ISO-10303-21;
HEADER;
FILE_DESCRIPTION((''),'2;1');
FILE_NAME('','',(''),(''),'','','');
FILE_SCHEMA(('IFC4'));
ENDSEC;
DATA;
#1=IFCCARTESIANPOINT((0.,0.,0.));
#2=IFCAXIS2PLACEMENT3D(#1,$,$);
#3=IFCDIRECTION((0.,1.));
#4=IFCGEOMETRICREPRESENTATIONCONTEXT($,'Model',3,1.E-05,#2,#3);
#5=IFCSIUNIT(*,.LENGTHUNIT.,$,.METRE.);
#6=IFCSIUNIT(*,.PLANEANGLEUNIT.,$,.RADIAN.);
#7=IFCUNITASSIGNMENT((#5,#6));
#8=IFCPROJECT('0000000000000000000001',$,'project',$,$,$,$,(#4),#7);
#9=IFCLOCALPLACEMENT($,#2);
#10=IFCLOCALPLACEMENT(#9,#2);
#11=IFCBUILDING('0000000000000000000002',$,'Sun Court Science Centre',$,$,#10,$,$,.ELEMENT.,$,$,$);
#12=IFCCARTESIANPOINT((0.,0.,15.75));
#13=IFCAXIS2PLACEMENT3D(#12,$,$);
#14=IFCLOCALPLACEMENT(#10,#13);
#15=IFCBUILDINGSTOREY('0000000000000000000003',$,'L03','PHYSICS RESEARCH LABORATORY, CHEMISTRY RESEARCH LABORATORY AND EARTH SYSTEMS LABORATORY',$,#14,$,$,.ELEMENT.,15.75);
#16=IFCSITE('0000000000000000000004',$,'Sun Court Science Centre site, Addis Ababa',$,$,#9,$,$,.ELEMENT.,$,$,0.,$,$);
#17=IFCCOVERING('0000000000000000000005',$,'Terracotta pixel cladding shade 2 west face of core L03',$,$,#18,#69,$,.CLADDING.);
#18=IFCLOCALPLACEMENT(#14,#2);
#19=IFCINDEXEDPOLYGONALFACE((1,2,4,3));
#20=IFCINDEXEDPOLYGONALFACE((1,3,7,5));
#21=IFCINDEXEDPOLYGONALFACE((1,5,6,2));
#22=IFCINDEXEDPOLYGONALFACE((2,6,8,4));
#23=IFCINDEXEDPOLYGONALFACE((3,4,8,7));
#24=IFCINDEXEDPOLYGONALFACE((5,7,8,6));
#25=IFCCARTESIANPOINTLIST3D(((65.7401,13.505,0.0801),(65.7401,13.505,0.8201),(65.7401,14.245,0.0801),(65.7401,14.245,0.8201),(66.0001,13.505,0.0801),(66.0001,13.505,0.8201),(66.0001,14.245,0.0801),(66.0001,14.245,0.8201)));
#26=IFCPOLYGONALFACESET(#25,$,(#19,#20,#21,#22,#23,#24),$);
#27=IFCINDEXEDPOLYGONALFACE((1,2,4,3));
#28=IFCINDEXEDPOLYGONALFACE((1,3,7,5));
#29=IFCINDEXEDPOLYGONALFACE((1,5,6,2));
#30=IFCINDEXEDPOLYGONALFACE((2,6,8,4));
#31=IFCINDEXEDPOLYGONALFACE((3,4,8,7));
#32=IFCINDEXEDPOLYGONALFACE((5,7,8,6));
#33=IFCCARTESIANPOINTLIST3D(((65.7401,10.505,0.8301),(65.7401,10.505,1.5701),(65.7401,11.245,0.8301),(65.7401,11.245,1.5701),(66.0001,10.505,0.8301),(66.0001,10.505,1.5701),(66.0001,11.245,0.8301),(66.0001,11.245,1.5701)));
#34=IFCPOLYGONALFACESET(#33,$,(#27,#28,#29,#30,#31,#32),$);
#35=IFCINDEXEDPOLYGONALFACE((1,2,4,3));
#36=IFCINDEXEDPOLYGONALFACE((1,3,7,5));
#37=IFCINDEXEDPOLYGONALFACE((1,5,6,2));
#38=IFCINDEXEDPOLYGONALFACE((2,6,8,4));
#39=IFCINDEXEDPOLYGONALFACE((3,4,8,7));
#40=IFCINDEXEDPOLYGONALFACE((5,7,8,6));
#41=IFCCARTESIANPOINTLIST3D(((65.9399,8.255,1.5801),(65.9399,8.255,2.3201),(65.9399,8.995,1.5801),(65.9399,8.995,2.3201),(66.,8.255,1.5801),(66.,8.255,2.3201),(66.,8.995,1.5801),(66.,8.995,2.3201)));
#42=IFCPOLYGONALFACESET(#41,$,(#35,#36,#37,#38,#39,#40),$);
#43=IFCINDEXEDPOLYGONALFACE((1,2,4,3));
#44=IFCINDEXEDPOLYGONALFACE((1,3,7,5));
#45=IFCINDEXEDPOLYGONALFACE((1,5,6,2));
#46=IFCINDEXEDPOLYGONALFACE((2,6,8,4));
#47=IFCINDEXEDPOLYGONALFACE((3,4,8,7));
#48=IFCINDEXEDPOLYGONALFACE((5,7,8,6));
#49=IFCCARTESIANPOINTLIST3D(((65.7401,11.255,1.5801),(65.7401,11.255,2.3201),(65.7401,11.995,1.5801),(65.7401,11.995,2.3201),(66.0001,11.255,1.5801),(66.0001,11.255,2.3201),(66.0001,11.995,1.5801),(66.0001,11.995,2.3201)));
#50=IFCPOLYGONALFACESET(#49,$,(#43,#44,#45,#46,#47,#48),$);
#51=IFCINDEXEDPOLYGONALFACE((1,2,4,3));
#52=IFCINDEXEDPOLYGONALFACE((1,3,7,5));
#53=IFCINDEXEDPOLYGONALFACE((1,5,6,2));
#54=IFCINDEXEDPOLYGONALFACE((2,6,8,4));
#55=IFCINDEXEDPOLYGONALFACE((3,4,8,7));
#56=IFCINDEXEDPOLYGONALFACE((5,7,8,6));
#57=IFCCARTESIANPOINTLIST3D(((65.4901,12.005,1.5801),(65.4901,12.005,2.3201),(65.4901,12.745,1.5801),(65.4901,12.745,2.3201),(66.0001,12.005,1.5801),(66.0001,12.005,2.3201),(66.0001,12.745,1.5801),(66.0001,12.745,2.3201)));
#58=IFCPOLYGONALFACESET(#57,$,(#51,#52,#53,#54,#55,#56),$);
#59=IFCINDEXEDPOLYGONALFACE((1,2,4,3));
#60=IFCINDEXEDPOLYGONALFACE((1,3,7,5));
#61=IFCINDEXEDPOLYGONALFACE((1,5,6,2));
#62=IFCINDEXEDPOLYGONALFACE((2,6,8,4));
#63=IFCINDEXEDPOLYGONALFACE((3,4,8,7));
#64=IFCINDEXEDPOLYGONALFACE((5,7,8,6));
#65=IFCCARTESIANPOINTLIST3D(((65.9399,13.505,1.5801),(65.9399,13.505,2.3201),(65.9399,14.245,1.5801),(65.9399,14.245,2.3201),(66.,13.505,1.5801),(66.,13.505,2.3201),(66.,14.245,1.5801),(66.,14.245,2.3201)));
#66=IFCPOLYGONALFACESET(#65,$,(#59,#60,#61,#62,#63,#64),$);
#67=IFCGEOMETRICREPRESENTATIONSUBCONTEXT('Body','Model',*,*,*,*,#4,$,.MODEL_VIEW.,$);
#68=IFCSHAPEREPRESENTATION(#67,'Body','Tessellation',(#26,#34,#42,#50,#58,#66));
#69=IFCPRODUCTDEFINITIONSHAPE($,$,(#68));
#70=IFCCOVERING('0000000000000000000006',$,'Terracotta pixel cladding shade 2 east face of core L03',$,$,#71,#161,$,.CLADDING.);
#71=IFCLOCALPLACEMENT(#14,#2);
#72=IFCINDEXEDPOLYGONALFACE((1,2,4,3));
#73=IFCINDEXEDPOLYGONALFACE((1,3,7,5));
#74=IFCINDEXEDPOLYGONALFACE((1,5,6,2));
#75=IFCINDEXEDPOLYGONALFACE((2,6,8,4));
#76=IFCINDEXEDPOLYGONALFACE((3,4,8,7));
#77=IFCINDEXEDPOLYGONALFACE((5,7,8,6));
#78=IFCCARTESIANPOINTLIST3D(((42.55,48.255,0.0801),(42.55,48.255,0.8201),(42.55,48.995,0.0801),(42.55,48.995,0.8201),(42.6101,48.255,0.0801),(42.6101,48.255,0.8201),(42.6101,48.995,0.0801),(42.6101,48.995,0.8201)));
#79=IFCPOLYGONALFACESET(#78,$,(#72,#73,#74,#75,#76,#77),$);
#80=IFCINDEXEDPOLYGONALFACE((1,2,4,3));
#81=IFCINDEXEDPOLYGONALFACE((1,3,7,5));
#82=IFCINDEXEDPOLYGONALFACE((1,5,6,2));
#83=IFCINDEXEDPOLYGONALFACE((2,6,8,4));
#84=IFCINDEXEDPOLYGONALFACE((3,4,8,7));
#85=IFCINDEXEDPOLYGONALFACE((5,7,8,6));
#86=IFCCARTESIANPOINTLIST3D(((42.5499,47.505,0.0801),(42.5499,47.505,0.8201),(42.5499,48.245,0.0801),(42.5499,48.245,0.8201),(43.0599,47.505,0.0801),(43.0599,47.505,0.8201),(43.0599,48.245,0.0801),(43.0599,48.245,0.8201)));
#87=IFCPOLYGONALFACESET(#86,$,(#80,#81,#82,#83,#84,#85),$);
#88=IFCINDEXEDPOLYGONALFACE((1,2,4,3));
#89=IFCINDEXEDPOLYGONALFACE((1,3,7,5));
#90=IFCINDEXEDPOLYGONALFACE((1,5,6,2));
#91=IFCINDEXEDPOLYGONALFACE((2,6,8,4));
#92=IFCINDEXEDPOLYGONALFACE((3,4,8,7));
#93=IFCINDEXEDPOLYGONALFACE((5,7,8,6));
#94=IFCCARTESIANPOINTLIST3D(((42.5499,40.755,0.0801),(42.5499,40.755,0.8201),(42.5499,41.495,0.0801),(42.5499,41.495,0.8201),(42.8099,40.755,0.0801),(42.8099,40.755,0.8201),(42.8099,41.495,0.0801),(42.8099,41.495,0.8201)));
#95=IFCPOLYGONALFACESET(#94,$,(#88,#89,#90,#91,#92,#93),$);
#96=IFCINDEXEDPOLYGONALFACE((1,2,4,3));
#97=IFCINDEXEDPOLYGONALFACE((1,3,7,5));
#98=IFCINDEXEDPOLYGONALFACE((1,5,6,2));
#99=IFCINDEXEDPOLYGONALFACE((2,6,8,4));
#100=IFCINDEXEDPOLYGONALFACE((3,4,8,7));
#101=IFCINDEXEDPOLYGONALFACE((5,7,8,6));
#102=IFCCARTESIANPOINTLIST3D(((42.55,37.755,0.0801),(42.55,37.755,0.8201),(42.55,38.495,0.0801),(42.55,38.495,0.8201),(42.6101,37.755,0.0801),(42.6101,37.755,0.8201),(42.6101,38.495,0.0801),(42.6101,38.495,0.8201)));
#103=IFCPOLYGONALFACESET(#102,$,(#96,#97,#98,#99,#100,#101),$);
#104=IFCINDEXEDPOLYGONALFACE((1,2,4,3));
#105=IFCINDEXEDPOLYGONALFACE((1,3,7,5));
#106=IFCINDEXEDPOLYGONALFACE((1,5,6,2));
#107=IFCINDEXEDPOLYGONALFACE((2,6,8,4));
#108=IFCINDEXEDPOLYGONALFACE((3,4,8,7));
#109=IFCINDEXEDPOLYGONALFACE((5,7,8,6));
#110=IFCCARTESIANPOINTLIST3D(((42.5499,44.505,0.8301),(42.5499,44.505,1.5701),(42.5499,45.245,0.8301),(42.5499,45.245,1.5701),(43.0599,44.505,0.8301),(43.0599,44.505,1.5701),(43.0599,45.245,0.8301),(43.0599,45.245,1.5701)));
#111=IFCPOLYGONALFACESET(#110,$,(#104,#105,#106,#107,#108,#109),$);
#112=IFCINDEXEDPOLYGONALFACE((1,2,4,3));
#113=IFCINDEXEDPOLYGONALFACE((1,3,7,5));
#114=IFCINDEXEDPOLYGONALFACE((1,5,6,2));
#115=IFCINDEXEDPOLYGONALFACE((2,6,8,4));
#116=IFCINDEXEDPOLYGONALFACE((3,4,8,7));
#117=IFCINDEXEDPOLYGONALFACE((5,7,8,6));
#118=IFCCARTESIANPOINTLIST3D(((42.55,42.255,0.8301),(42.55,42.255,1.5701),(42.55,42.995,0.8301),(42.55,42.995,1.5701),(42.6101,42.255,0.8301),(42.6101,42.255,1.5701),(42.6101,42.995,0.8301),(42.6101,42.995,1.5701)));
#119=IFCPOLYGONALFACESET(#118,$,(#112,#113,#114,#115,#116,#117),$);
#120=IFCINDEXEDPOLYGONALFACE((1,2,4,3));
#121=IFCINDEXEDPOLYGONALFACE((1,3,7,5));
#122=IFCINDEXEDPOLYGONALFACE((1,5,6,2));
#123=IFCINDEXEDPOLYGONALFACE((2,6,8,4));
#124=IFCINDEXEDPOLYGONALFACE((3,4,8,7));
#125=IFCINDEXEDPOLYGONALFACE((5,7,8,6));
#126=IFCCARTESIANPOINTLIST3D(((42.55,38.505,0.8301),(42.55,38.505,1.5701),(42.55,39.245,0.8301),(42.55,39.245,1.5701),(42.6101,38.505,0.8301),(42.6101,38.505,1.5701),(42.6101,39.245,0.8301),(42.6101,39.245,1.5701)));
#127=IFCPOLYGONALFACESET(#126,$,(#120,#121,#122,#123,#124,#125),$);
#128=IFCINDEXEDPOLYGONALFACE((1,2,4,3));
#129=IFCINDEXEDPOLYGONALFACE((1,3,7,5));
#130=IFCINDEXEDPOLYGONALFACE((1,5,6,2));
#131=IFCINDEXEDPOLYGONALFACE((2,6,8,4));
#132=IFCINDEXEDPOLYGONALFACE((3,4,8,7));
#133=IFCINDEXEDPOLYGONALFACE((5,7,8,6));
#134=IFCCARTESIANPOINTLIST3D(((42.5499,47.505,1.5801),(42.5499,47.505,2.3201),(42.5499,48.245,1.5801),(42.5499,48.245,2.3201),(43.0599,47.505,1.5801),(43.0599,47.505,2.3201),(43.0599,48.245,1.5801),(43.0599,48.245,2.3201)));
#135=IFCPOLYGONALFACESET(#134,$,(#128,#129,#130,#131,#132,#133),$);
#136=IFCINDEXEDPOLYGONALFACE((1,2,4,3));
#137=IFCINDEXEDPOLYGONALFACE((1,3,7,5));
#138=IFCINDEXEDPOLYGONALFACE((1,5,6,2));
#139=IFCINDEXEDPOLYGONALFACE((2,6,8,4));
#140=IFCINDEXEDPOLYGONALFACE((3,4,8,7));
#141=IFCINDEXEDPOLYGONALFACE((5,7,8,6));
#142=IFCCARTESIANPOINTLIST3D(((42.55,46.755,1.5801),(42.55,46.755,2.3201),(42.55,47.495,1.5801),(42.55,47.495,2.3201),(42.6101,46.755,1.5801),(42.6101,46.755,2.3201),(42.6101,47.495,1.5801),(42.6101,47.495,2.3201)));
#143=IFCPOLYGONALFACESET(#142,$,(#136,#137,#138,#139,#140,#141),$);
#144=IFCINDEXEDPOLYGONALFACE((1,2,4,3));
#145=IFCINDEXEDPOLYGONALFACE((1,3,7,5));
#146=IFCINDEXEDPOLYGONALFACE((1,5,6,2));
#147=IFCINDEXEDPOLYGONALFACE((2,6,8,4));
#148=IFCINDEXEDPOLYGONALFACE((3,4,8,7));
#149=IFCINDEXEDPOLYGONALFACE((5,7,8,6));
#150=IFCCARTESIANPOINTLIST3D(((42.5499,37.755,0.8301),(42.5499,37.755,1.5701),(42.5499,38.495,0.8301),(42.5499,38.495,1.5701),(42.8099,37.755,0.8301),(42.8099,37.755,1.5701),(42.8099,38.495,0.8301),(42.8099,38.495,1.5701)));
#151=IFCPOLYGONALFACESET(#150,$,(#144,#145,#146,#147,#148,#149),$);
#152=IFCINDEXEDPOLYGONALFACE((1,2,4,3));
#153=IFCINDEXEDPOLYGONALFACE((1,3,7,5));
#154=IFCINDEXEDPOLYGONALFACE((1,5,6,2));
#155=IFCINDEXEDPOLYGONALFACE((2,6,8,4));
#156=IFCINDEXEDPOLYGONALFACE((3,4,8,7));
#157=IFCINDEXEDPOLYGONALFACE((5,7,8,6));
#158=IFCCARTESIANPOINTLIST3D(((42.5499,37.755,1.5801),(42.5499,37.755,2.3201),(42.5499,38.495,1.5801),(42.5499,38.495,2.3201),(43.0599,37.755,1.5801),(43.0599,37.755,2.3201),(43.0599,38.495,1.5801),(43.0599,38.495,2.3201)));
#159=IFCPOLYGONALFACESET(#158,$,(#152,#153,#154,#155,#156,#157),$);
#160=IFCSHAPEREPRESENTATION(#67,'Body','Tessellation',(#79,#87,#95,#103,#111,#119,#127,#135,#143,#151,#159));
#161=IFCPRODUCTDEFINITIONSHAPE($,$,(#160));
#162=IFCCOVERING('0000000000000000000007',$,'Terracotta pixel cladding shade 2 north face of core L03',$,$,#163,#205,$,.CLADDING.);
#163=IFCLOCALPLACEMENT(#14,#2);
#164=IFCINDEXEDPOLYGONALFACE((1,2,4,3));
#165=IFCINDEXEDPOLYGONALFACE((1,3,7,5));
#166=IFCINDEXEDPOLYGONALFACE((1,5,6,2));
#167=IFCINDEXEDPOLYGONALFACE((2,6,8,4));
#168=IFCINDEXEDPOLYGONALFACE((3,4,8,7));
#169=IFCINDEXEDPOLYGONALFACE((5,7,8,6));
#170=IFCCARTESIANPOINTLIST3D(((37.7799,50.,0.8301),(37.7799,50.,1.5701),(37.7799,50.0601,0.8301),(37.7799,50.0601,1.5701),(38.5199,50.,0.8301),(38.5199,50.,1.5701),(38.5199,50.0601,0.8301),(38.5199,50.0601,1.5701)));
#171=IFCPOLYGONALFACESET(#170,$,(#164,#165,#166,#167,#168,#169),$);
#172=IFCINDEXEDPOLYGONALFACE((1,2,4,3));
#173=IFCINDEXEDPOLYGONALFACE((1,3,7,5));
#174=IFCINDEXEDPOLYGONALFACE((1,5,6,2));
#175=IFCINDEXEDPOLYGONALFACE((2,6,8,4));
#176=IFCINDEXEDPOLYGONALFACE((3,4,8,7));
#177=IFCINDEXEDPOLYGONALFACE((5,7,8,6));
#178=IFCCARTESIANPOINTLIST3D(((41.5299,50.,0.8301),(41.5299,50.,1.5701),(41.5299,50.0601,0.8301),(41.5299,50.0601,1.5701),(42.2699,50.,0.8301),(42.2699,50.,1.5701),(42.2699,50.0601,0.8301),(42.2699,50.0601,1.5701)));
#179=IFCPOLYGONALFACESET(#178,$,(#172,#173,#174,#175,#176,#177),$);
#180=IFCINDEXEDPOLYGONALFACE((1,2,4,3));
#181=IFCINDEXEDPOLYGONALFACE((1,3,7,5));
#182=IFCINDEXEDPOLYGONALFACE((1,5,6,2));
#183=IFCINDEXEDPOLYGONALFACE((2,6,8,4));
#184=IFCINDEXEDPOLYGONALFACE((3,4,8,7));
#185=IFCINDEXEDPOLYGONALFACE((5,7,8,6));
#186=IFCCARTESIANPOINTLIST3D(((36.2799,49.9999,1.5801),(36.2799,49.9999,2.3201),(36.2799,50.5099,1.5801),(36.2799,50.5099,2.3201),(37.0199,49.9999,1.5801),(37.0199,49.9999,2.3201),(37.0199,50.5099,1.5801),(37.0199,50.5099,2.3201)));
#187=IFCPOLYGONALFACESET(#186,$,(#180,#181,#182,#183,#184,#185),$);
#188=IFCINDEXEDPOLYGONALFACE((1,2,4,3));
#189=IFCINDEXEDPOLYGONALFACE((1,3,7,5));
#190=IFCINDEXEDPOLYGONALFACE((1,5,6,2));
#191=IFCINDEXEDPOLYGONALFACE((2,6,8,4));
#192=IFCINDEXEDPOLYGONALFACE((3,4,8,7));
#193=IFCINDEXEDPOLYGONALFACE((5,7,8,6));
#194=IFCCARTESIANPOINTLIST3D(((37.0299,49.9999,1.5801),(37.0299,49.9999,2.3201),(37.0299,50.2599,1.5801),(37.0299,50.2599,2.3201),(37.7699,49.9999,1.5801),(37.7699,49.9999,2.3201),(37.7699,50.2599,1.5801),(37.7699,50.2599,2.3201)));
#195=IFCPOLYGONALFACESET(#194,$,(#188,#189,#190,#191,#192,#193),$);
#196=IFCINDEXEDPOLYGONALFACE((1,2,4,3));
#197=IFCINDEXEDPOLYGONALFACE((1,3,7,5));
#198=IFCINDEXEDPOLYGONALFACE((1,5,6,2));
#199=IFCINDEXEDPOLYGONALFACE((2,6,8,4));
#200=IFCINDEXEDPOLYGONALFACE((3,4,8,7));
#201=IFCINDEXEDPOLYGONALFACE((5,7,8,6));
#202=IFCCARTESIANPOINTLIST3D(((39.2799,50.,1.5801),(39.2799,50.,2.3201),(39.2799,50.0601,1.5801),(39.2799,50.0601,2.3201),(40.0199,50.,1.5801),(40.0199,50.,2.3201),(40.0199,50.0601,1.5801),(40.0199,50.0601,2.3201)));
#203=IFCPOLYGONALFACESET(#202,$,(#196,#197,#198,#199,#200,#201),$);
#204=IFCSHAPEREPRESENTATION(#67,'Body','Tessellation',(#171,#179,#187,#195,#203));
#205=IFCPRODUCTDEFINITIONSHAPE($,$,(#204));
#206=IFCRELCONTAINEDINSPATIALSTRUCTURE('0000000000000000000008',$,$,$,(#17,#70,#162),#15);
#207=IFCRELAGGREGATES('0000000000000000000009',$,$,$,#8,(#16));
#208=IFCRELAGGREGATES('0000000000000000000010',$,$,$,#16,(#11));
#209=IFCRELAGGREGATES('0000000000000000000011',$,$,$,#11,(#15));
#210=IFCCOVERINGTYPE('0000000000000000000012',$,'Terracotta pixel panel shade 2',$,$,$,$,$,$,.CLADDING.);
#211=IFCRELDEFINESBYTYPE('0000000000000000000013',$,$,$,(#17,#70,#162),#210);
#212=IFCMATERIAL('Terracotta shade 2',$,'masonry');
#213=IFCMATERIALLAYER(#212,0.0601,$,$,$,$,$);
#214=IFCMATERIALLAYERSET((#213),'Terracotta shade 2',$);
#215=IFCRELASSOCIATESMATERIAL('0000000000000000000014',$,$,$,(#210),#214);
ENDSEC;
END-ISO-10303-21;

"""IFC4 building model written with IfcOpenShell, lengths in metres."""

from ifc_helpers import new_model, si_unit, direction, frame, origin, origin_2d, place, context, subcontext, project, spatial, rectangle, extrude, material, layer, layer_set, type_object, element, save


model = new_model("IFC4")

# Units and contexts
model_context = context("Model", 3, precision=1e-05, world=origin(), true_north=direction((0.0, 1.0)))
body_context = subcontext(model_context, "Body", "Model", "MODEL_VIEW")
ifc_project = project(units=[si_unit("LENGTHUNIT", "METRE"), si_unit("PLANEANGLEUNIT", "RADIAN")], contexts=[model_context])

# Site, building, storey
site_placement = place(None, origin())
site = spatial("IfcSite", under=ifc_project, at=site_placement, Name="Sun Court Science Centre site, Addis Ababa", CompositionType="ELEMENT", RefElevation=0.0)
building_placement = place(site_placement, origin())
building = spatial("IfcBuilding", under=site, at=building_placement, Name="Sun Court Science Centre", CompositionType="ELEMENT")
storey_placement = place(building_placement, frame((0.0, 0.0, 15.75)))
storey = spatial("IfcBuildingStorey", under=building, at=storey_placement, Name="L03", Description="PHYSICS RESEARCH LABORATORY, CHEMISTRY RESEARCH LABORATORY AND EARTH SYSTEMS LABORATORY", CompositionType="ELEMENT", Elevation=15.75)

# Coverings
ifc_material_1 = material(Name="Terracotta shade 2", Category="masonry")
ifc_layer_1 = layer(ifc_material_1, 0.0601)
ifc_layer_set_1 = layer_set([ifc_layer_1], Name="Terracotta shade 2")
covering_type_1 = type_object("IfcCoveringType", Name="Terracotta pixel panel shade 2", PredefinedType="CLADDING", material=ifc_layer_set_1)
covering_1_placement = place(storey_placement, frame((0.0, 0.0, -15.75)))
element("IfcCovering", 1, at=covering_1_placement, inside=storey, type_object=covering_type_1, Name="Terracotta pixel cladding shade 2 west face of core L03", PredefinedType="CLADDING", context=body_context, shape_type="SweptSolid", body=[
    extrude(rectangle(XDim=0.74, YDim=0.26, at=origin_2d()), frame((65.8701, 13.875, 15.8301), z_axis=(0.0, 0.0, 1.0), x_axis=(0.0, 1.0, 0.0)), (0.0, 0.0, 1.0), 0.74),
    extrude(rectangle(XDim=0.74, YDim=0.26, at=origin_2d()), frame((65.8701, 10.875, 16.5801), z_axis=(0.0, 0.0, 1.0), x_axis=(0.0, 1.0, 0.0)), (0.0, 0.0, 1.0), 0.74),
    extrude(rectangle(XDim=0.74, YDim=0.0601, at=origin_2d()), frame((65.97, 8.625, 17.3301), z_axis=(0.0, 0.0, 1.0), x_axis=(0.0, 1.0, 0.0)), (0.0, 0.0, 1.0), 0.74),
    extrude(rectangle(XDim=0.74, YDim=0.26, at=origin_2d()), frame((65.8701, 11.625, 17.3301), z_axis=(0.0, 0.0, 1.0), x_axis=(0.0, 1.0, 0.0)), (0.0, 0.0, 1.0), 0.74),
    extrude(rectangle(XDim=0.74, YDim=0.51, at=origin_2d()), frame((65.7451, 12.375, 17.3301), z_axis=(0.0, 0.0, 1.0), x_axis=(0.0, 1.0, 0.0)), (0.0, 0.0, 1.0), 0.74),
    extrude(rectangle(XDim=0.74, YDim=0.0601, at=origin_2d()), frame((65.97, 13.875, 17.3301), z_axis=(0.0, 0.0, 1.0), x_axis=(0.0, 1.0, 0.0)), (0.0, 0.0, 1.0), 0.74),
])
covering_2_placement = place(storey_placement, frame((0.0, 0.0, -15.75)))
element("IfcCovering", 2, at=covering_2_placement, inside=storey, type_object=covering_type_1, Name="Terracotta pixel cladding shade 2 east face of core L03", PredefinedType="CLADDING", context=body_context, shape_type="SweptSolid", body=[
    extrude(rectangle(XDim=0.74, YDim=0.0601, at=origin_2d()), frame((42.5801, 48.625, 15.8301), z_axis=(0.0, 0.0, 1.0), x_axis=(0.0, -1.0, 0.0)), (0.0, 0.0, 1.0), 0.74),
    extrude(rectangle(XDim=0.74, YDim=0.51, at=origin_2d()), frame((42.8049, 47.875, 15.8301), z_axis=(0.0, 0.0, 1.0), x_axis=(0.0, -1.0, 0.0)), (0.0, 0.0, 1.0), 0.74),
    extrude(rectangle(XDim=0.74, YDim=0.26, at=origin_2d()), frame((42.6799, 41.125, 15.8301), z_axis=(0.0, 0.0, 1.0), x_axis=(0.0, -1.0, 0.0)), (0.0, 0.0, 1.0), 0.74),
    extrude(rectangle(XDim=0.74, YDim=0.0601, at=origin_2d()), frame((42.5801, 38.125, 15.8301), z_axis=(0.0, 0.0, 1.0), x_axis=(0.0, -1.0, 0.0)), (0.0, 0.0, 1.0), 0.74),
    extrude(rectangle(XDim=0.74, YDim=0.51, at=origin_2d()), frame((42.8049, 44.875, 16.5801), z_axis=(0.0, 0.0, 1.0), x_axis=(0.0, -1.0, 0.0)), (0.0, 0.0, 1.0), 0.74),
    extrude(rectangle(XDim=0.74, YDim=0.0601, at=origin_2d()), frame((42.5801, 42.625, 16.5801), z_axis=(0.0, 0.0, 1.0), x_axis=(0.0, -1.0, 0.0)), (0.0, 0.0, 1.0), 0.74),
    extrude(rectangle(XDim=0.74, YDim=0.0601, at=origin_2d()), frame((42.5801, 38.875, 16.5801), z_axis=(0.0, 0.0, 1.0), x_axis=(0.0, -1.0, 0.0)), (0.0, 0.0, 1.0), 0.74),
    extrude(rectangle(XDim=0.74, YDim=0.51, at=origin_2d()), frame((42.8049, 47.875, 17.3301), z_axis=(0.0, 0.0, 1.0), x_axis=(0.0, -1.0, 0.0)), (0.0, 0.0, 1.0), 0.74),
    extrude(rectangle(XDim=0.74, YDim=0.0601, at=origin_2d()), frame((42.5801, 47.125, 17.3301), z_axis=(0.0, 0.0, 1.0), x_axis=(0.0, -1.0, 0.0)), (0.0, 0.0, 1.0), 0.74),
    extrude(rectangle(XDim=0.74, YDim=0.26, at=origin_2d()), frame((42.6799, 38.125, 16.5801), z_axis=(0.0, 0.0, 1.0), x_axis=(0.0, -1.0, 0.0)), (0.0, 0.0, 1.0), 0.74),
    extrude(rectangle(XDim=0.74, YDim=0.51, at=origin_2d()), frame((42.8049, 38.125, 17.3301), z_axis=(0.0, 0.0, 1.0), x_axis=(0.0, -1.0, 0.0)), (0.0, 0.0, 1.0), 0.74),
])
covering_3_placement = place(storey_placement, frame((0.0, 0.0, -15.75)))
element("IfcCovering", 3, at=covering_3_placement, inside=storey, type_object=covering_type_1, Name="Terracotta pixel cladding shade 2 north face of core L03", PredefinedType="CLADDING", context=body_context, shape_type="SweptSolid", body=[
    extrude(rectangle(XDim=0.74, YDim=0.0601, at=origin_2d()), frame((38.1499, 50.03, 16.5801), z_axis=(0.0, 0.0, 1.0), x_axis=(1.0, 0.0, 0.0)), (0.0, 0.0, 1.0), 0.74),
    extrude(rectangle(XDim=0.74, YDim=0.0601, at=origin_2d()), frame((41.8999, 50.03, 16.5801), z_axis=(0.0, 0.0, 1.0), x_axis=(1.0, 0.0, 0.0)), (0.0, 0.0, 1.0), 0.74),
    extrude(rectangle(XDim=0.74, YDim=0.51, at=origin_2d()), frame((36.6499, 50.2549, 17.3301), z_axis=(0.0, 0.0, 1.0), x_axis=(1.0, 0.0, 0.0)), (0.0, 0.0, 1.0), 0.74),
    extrude(rectangle(XDim=0.74, YDim=0.26, at=origin_2d()), frame((37.3999, 50.1299, 17.3301), z_axis=(0.0, 0.0, 1.0), x_axis=(1.0, 0.0, 0.0)), (0.0, 0.0, 1.0), 0.74),
    extrude(rectangle(XDim=0.74, YDim=0.0601, at=origin_2d()), frame((39.6499, 50.03, 17.3301), z_axis=(0.0, 0.0, 1.0), x_axis=(1.0, 0.0, 0.0)), (0.0, 0.0, 1.0), 0.74),
])

save(model, "model.ifc")
